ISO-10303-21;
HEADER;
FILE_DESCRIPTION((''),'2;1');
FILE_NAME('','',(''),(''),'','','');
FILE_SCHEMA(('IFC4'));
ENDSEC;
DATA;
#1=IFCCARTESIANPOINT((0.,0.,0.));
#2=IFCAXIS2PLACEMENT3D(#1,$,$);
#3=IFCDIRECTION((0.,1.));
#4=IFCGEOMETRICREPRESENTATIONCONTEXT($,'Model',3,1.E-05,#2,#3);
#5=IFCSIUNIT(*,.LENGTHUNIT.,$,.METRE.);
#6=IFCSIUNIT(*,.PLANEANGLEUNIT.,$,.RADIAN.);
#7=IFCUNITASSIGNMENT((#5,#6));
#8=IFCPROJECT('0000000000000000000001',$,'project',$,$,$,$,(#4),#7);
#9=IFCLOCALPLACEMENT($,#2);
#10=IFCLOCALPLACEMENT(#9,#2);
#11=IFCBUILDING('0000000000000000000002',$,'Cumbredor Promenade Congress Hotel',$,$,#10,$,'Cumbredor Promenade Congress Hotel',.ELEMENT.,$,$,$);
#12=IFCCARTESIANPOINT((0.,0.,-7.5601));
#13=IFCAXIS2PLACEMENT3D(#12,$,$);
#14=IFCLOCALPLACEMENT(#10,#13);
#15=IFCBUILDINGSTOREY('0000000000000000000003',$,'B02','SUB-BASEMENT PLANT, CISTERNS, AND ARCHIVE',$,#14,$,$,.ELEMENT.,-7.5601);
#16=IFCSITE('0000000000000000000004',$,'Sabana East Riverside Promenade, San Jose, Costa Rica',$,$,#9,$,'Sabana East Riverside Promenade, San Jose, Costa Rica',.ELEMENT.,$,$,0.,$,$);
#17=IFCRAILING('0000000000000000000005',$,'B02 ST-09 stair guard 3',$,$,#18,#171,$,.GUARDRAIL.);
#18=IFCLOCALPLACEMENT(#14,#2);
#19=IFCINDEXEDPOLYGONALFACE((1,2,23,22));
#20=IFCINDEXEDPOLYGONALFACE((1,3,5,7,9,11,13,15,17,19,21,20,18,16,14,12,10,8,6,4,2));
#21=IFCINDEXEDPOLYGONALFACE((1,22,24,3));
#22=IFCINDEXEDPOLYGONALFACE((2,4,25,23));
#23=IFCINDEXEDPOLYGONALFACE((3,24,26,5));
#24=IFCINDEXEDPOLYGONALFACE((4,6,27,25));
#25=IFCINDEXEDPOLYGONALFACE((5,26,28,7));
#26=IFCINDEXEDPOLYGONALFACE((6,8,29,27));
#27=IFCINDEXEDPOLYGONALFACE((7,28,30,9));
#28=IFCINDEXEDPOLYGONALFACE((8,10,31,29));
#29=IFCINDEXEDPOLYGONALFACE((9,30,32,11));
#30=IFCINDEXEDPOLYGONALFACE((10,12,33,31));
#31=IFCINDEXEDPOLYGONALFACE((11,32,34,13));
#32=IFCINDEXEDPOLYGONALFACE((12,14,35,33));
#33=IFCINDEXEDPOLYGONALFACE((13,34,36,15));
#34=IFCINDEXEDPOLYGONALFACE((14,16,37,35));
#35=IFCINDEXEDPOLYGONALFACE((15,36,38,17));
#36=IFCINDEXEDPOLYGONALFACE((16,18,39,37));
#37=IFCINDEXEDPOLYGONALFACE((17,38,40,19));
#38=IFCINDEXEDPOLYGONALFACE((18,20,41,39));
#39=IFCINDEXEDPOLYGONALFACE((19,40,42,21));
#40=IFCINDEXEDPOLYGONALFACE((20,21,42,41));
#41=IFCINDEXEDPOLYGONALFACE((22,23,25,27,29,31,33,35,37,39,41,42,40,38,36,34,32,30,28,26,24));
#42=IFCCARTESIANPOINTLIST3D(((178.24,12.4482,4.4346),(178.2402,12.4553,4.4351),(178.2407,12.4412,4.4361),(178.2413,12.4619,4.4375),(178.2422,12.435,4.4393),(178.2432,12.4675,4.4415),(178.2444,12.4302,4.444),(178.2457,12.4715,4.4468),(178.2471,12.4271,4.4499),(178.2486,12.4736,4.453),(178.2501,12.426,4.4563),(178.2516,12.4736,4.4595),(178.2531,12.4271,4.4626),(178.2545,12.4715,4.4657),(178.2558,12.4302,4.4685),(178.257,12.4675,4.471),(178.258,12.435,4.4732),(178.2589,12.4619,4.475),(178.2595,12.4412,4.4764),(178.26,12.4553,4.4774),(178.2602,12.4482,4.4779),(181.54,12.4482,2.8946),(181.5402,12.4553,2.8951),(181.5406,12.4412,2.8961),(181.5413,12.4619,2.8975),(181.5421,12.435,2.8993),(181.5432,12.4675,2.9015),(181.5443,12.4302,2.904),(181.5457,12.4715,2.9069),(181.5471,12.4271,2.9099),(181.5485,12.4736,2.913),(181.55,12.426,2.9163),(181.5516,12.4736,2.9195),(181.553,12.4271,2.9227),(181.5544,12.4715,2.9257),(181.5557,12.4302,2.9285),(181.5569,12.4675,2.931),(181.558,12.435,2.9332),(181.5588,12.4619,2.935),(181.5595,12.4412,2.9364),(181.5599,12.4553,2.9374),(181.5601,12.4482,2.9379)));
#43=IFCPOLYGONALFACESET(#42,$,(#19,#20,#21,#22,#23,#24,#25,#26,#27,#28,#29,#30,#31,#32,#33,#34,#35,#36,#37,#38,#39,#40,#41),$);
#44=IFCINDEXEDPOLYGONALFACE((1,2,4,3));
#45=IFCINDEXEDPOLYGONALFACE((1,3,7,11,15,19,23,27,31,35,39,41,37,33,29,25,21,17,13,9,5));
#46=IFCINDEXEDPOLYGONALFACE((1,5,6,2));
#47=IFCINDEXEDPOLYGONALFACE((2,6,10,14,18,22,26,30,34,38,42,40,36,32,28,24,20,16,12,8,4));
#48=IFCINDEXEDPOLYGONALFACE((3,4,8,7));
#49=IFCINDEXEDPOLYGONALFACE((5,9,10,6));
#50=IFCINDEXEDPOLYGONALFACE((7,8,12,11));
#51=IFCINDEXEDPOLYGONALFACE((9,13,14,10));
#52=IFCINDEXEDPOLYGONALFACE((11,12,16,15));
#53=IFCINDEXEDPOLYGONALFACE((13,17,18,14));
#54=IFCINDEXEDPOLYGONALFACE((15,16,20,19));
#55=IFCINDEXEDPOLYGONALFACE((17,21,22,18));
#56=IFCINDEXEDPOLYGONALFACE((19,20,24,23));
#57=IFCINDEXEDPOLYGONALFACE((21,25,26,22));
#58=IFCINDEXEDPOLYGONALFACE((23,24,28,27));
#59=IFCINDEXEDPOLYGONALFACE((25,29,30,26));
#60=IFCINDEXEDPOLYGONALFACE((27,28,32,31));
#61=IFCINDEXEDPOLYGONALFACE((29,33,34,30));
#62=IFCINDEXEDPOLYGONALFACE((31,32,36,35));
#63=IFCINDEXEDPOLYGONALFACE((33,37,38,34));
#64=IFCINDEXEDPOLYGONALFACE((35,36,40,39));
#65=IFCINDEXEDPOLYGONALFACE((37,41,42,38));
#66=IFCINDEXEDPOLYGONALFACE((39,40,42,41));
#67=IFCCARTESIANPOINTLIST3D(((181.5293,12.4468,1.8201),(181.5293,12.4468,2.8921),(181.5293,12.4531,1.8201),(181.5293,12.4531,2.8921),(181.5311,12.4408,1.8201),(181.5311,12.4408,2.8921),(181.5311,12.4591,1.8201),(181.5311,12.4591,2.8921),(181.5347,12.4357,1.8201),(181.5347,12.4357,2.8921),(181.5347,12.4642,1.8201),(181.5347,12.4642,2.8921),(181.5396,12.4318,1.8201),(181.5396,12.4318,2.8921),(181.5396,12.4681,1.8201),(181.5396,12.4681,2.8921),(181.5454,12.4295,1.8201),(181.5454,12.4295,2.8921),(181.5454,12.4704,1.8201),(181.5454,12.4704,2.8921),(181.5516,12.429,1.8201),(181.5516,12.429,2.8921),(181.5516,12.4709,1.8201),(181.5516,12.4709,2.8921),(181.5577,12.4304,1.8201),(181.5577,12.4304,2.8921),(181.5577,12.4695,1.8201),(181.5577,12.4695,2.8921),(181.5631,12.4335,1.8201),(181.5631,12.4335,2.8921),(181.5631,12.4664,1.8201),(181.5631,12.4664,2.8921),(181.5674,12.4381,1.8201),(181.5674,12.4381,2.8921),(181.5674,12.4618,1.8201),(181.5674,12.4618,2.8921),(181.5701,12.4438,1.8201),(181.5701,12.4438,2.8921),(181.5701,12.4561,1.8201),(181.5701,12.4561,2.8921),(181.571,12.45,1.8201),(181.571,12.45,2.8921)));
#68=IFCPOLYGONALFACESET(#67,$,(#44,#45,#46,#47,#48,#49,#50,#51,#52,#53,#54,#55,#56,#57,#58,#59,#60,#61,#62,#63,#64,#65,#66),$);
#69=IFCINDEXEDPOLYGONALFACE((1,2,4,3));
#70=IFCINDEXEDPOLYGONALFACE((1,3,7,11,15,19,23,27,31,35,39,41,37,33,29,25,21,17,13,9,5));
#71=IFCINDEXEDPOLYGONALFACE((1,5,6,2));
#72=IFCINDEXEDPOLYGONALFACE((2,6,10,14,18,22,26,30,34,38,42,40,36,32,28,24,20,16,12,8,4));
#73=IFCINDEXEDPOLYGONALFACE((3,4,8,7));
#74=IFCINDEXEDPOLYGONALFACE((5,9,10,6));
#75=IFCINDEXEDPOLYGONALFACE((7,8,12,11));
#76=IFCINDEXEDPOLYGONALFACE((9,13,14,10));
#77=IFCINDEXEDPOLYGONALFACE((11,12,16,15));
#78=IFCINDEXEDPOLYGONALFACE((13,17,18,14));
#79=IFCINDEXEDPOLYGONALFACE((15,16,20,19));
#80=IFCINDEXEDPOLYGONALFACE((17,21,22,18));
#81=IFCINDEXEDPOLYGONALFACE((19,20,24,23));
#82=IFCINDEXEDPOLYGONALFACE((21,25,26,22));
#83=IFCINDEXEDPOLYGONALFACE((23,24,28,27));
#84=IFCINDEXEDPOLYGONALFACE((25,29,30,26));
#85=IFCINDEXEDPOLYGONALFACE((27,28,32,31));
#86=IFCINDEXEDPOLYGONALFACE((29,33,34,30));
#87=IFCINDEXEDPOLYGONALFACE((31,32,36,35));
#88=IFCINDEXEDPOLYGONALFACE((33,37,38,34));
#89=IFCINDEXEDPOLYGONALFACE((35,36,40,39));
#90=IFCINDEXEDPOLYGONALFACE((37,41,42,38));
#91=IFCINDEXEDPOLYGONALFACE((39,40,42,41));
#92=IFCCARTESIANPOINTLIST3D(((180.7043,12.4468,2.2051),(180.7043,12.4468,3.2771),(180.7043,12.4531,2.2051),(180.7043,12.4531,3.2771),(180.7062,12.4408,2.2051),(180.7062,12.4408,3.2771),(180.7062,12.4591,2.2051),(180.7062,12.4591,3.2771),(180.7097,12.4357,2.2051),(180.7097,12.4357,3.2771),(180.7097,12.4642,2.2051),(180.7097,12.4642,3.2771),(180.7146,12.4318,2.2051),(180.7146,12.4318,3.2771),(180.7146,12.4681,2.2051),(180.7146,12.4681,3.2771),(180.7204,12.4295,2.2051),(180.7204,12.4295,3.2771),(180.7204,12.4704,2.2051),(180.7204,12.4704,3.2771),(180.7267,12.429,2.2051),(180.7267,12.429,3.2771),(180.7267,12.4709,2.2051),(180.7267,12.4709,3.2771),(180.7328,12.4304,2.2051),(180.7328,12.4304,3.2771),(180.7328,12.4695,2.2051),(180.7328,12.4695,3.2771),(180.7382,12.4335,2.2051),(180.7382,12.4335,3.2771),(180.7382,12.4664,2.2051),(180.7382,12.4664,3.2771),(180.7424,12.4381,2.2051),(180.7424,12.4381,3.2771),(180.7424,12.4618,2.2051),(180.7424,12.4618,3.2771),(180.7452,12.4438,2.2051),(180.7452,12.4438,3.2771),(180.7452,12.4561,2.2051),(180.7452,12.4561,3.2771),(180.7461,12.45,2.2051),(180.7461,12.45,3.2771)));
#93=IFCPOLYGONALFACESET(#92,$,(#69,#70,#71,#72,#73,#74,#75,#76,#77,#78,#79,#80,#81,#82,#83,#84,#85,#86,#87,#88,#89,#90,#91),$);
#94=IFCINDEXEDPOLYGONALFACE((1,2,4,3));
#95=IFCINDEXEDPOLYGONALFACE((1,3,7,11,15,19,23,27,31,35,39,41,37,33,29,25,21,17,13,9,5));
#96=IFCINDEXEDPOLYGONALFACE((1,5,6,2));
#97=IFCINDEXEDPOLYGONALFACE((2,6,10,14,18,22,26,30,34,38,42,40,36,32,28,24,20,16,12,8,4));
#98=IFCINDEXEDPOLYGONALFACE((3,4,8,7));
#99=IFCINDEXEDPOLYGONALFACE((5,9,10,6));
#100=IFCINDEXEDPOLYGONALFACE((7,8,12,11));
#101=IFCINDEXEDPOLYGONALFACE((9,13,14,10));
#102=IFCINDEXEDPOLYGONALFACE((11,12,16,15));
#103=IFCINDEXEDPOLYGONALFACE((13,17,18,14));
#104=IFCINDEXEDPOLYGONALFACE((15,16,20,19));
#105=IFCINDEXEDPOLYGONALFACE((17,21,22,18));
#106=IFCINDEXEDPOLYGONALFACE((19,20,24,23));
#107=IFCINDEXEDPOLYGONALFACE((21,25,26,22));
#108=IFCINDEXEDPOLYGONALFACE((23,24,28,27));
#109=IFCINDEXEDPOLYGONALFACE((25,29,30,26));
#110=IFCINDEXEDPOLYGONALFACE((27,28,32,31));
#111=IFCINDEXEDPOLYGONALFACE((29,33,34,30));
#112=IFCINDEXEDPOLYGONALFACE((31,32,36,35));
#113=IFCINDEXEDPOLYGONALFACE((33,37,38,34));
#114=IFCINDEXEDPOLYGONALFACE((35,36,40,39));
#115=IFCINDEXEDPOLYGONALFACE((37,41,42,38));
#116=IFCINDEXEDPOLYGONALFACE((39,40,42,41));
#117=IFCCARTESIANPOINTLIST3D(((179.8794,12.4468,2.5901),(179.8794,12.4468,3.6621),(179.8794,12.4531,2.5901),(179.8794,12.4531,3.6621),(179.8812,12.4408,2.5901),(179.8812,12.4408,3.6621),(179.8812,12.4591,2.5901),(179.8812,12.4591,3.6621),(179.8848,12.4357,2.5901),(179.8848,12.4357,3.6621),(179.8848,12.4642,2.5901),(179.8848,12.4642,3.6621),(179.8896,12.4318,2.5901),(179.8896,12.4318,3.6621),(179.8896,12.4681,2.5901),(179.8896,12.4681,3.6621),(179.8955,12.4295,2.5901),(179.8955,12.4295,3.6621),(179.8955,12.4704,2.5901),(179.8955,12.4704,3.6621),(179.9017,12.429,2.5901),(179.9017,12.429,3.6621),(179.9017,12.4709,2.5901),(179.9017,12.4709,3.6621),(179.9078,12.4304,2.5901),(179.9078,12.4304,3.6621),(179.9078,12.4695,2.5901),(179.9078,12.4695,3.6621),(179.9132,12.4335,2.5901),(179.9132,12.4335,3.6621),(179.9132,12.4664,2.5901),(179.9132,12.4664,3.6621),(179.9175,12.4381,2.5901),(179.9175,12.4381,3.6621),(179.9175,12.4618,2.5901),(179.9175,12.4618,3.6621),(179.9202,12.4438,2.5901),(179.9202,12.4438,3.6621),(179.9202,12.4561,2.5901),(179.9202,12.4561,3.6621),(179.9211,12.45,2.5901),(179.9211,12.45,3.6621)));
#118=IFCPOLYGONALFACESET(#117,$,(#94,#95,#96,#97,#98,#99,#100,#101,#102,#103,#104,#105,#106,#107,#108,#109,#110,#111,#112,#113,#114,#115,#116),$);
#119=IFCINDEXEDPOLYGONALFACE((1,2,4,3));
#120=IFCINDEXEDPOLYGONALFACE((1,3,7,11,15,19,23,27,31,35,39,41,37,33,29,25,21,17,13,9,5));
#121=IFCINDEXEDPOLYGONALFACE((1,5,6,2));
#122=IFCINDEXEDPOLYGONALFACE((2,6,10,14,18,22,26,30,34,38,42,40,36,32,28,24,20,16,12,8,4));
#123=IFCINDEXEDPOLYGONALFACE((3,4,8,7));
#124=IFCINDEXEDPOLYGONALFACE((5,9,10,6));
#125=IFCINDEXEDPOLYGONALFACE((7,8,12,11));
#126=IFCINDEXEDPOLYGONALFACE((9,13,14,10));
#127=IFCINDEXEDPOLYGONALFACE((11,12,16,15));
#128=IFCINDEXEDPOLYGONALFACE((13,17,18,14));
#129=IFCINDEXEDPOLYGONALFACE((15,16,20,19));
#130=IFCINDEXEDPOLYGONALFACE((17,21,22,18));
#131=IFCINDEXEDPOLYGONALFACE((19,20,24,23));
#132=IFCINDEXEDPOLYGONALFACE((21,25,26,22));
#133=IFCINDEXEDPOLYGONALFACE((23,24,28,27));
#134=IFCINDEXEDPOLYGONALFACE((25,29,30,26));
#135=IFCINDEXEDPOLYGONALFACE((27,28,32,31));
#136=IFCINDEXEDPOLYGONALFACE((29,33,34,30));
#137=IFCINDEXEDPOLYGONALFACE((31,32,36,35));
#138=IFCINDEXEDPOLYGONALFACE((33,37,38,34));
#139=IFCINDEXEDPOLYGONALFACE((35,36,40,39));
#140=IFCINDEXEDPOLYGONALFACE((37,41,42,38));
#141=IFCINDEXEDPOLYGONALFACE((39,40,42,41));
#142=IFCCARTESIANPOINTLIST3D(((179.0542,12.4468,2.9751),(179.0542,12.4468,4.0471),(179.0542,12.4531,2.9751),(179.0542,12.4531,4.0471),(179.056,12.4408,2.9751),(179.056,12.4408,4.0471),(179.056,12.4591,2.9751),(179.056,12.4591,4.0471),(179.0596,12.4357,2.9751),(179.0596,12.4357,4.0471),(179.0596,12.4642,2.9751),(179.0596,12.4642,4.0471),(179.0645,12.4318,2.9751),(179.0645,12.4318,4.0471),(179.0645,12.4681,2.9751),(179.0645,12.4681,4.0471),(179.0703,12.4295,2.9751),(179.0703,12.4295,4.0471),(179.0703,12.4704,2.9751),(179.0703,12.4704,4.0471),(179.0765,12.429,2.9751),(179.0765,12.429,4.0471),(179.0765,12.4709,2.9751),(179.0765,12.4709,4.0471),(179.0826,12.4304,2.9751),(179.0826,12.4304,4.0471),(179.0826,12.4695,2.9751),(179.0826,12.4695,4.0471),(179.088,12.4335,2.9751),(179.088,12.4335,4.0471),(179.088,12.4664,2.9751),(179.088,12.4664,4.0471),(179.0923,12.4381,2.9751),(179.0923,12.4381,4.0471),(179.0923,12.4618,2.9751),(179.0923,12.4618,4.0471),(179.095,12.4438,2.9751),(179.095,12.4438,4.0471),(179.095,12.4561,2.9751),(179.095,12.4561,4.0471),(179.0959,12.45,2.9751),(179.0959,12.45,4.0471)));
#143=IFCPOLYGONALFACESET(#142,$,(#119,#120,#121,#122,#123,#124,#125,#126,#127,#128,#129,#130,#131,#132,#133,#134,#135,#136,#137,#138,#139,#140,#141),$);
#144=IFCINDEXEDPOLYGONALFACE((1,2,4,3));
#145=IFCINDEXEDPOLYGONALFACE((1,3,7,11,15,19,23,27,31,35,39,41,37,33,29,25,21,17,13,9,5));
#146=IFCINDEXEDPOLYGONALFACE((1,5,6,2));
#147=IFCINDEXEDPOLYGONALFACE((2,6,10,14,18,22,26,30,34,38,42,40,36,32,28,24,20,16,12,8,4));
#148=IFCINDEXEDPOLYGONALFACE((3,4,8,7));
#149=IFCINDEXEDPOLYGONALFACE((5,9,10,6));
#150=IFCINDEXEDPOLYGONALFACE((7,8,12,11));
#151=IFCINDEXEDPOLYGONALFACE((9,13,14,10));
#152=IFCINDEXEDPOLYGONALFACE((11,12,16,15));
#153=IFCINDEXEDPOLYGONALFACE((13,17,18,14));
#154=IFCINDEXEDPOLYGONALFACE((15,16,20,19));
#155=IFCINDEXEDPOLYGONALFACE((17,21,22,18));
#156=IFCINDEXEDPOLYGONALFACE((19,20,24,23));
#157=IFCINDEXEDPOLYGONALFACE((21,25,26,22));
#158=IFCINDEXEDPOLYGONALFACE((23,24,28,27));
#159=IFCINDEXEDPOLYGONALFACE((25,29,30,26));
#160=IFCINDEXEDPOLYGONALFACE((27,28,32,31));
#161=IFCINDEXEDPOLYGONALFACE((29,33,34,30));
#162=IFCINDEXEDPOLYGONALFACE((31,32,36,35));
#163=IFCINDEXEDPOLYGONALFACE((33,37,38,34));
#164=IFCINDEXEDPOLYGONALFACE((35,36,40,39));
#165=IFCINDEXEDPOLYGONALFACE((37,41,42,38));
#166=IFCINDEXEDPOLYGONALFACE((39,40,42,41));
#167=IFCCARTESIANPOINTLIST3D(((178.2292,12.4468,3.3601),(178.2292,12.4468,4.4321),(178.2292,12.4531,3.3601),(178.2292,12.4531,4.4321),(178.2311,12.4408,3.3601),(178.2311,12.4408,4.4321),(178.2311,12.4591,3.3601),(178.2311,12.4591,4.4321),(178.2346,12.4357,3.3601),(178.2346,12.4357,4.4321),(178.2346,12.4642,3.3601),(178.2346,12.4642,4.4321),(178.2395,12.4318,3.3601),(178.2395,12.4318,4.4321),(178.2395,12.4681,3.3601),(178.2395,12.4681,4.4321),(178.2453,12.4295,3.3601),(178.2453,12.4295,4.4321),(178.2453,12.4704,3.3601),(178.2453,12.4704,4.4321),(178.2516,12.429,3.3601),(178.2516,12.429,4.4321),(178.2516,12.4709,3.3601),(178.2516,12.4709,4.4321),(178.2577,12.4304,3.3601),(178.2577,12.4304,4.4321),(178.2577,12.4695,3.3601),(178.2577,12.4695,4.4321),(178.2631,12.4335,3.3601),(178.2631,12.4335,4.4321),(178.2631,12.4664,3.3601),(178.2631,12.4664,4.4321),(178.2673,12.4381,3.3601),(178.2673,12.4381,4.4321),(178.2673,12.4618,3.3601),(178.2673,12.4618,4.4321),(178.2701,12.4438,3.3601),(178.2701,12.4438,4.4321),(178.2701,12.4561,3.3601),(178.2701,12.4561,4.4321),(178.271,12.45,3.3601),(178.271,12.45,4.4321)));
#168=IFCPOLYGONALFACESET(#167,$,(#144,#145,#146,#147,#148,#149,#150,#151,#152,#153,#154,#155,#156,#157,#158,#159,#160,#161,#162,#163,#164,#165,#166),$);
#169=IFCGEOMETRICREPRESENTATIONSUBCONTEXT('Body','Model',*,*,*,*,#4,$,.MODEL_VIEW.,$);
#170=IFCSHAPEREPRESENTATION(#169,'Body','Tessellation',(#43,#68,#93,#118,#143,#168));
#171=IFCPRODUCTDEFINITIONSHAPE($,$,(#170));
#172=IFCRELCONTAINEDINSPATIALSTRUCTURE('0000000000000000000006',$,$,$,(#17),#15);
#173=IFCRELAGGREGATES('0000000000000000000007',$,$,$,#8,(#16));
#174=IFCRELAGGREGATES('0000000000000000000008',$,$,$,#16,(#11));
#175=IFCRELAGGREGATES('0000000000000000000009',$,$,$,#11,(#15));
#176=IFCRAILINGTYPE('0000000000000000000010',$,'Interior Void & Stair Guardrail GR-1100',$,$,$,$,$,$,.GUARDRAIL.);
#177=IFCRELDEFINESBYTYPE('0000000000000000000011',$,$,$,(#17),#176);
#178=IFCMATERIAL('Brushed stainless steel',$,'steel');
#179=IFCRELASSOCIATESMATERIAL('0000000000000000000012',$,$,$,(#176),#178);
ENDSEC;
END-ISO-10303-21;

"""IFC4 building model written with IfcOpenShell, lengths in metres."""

from ifc_helpers import new_model, si_unit, direction, frame, origin, origin_2d, place, context, subcontext, project, spatial, circle, extrude, material, type_object, element, save


model = new_model("IFC4")

# Units and contexts
model_context = context("Model", 3, precision=1e-05, world=origin(), true_north=direction((0.0, 1.0)))
body_context = subcontext(model_context, "Body", "Model", "MODEL_VIEW")
ifc_project = project(units=[si_unit("LENGTHUNIT", "METRE"), si_unit("PLANEANGLEUNIT", "RADIAN")], contexts=[model_context])

# Site, building, storey
site_placement = place(None, origin())
site = spatial("IfcSite", under=ifc_project, at=site_placement, Name="Sabana East Riverside Promenade, San Jose, Costa Rica", LongName="Sabana East Riverside Promenade, San Jose, Costa Rica", CompositionType="ELEMENT", RefElevation=0.0)
building_placement = place(site_placement, origin())
building = spatial("IfcBuilding", under=site, at=building_placement, Name="Cumbredor Promenade Congress Hotel", LongName="Cumbredor Promenade Congress Hotel", CompositionType="ELEMENT")
storey_placement = place(building_placement, frame((0.0, 0.0, -7.5601)))
storey = spatial("IfcBuildingStorey", under=building, at=storey_placement, Name="B02", Description="SUB-BASEMENT PLANT, CISTERNS, AND ARCHIVE", CompositionType="ELEMENT", Elevation=-7.5601)

# Railing
ifc_material_1 = material(Name="Brushed stainless steel", Category="steel")
railing_type_1 = type_object("IfcRailingType", Name="Interior Void & Stair Guardrail GR-1100", PredefinedType="GUARDRAIL", material=ifc_material_1)
railing_1_placement = place(storey_placement, frame((181.55, 12.45, 1.8201)))
element("IfcRailing", 1, at=railing_1_placement, inside=storey, type_object=railing_type_1, Name="B02 ST-09 stair guard 3", PredefinedType="GUARDRAIL", context=body_context, shape_type="SweptSolid", body=[
    extrude(circle(Radius=0.0239, at=origin_2d()), frame((0.0, 0.0, 1.0962), z_axis=(-0.906181, 0.0, 0.422889), x_axis=(0.0, -1.0, 0.0)), (0.0, 0.0, 1.0), 3.6416),
    extrude(circle(Radius=0.021, at=origin_2d()), origin(), (0.0, 0.0, 1.0), 1.072),
    extrude(circle(Radius=0.021, at=origin_2d()), frame((-0.825, 0.0, 0.385)), (0.0, 0.0, 1.0), 1.072),
    extrude(circle(Radius=0.021, at=origin_2d()), frame((-1.6499, 0.0, 0.77)), (0.0, 0.0, 1.0), 1.072),
    extrude(circle(Radius=0.021, at=origin_2d()), frame((-2.4751, 0.0, 1.155)), (0.0, 0.0, 1.0), 1.072),
    extrude(circle(Radius=0.021, at=origin_2d()), frame((-3.3, 0.0, 1.54)), (0.0, 0.0, 1.0), 1.072),
])

save(model, "model.ifc")
